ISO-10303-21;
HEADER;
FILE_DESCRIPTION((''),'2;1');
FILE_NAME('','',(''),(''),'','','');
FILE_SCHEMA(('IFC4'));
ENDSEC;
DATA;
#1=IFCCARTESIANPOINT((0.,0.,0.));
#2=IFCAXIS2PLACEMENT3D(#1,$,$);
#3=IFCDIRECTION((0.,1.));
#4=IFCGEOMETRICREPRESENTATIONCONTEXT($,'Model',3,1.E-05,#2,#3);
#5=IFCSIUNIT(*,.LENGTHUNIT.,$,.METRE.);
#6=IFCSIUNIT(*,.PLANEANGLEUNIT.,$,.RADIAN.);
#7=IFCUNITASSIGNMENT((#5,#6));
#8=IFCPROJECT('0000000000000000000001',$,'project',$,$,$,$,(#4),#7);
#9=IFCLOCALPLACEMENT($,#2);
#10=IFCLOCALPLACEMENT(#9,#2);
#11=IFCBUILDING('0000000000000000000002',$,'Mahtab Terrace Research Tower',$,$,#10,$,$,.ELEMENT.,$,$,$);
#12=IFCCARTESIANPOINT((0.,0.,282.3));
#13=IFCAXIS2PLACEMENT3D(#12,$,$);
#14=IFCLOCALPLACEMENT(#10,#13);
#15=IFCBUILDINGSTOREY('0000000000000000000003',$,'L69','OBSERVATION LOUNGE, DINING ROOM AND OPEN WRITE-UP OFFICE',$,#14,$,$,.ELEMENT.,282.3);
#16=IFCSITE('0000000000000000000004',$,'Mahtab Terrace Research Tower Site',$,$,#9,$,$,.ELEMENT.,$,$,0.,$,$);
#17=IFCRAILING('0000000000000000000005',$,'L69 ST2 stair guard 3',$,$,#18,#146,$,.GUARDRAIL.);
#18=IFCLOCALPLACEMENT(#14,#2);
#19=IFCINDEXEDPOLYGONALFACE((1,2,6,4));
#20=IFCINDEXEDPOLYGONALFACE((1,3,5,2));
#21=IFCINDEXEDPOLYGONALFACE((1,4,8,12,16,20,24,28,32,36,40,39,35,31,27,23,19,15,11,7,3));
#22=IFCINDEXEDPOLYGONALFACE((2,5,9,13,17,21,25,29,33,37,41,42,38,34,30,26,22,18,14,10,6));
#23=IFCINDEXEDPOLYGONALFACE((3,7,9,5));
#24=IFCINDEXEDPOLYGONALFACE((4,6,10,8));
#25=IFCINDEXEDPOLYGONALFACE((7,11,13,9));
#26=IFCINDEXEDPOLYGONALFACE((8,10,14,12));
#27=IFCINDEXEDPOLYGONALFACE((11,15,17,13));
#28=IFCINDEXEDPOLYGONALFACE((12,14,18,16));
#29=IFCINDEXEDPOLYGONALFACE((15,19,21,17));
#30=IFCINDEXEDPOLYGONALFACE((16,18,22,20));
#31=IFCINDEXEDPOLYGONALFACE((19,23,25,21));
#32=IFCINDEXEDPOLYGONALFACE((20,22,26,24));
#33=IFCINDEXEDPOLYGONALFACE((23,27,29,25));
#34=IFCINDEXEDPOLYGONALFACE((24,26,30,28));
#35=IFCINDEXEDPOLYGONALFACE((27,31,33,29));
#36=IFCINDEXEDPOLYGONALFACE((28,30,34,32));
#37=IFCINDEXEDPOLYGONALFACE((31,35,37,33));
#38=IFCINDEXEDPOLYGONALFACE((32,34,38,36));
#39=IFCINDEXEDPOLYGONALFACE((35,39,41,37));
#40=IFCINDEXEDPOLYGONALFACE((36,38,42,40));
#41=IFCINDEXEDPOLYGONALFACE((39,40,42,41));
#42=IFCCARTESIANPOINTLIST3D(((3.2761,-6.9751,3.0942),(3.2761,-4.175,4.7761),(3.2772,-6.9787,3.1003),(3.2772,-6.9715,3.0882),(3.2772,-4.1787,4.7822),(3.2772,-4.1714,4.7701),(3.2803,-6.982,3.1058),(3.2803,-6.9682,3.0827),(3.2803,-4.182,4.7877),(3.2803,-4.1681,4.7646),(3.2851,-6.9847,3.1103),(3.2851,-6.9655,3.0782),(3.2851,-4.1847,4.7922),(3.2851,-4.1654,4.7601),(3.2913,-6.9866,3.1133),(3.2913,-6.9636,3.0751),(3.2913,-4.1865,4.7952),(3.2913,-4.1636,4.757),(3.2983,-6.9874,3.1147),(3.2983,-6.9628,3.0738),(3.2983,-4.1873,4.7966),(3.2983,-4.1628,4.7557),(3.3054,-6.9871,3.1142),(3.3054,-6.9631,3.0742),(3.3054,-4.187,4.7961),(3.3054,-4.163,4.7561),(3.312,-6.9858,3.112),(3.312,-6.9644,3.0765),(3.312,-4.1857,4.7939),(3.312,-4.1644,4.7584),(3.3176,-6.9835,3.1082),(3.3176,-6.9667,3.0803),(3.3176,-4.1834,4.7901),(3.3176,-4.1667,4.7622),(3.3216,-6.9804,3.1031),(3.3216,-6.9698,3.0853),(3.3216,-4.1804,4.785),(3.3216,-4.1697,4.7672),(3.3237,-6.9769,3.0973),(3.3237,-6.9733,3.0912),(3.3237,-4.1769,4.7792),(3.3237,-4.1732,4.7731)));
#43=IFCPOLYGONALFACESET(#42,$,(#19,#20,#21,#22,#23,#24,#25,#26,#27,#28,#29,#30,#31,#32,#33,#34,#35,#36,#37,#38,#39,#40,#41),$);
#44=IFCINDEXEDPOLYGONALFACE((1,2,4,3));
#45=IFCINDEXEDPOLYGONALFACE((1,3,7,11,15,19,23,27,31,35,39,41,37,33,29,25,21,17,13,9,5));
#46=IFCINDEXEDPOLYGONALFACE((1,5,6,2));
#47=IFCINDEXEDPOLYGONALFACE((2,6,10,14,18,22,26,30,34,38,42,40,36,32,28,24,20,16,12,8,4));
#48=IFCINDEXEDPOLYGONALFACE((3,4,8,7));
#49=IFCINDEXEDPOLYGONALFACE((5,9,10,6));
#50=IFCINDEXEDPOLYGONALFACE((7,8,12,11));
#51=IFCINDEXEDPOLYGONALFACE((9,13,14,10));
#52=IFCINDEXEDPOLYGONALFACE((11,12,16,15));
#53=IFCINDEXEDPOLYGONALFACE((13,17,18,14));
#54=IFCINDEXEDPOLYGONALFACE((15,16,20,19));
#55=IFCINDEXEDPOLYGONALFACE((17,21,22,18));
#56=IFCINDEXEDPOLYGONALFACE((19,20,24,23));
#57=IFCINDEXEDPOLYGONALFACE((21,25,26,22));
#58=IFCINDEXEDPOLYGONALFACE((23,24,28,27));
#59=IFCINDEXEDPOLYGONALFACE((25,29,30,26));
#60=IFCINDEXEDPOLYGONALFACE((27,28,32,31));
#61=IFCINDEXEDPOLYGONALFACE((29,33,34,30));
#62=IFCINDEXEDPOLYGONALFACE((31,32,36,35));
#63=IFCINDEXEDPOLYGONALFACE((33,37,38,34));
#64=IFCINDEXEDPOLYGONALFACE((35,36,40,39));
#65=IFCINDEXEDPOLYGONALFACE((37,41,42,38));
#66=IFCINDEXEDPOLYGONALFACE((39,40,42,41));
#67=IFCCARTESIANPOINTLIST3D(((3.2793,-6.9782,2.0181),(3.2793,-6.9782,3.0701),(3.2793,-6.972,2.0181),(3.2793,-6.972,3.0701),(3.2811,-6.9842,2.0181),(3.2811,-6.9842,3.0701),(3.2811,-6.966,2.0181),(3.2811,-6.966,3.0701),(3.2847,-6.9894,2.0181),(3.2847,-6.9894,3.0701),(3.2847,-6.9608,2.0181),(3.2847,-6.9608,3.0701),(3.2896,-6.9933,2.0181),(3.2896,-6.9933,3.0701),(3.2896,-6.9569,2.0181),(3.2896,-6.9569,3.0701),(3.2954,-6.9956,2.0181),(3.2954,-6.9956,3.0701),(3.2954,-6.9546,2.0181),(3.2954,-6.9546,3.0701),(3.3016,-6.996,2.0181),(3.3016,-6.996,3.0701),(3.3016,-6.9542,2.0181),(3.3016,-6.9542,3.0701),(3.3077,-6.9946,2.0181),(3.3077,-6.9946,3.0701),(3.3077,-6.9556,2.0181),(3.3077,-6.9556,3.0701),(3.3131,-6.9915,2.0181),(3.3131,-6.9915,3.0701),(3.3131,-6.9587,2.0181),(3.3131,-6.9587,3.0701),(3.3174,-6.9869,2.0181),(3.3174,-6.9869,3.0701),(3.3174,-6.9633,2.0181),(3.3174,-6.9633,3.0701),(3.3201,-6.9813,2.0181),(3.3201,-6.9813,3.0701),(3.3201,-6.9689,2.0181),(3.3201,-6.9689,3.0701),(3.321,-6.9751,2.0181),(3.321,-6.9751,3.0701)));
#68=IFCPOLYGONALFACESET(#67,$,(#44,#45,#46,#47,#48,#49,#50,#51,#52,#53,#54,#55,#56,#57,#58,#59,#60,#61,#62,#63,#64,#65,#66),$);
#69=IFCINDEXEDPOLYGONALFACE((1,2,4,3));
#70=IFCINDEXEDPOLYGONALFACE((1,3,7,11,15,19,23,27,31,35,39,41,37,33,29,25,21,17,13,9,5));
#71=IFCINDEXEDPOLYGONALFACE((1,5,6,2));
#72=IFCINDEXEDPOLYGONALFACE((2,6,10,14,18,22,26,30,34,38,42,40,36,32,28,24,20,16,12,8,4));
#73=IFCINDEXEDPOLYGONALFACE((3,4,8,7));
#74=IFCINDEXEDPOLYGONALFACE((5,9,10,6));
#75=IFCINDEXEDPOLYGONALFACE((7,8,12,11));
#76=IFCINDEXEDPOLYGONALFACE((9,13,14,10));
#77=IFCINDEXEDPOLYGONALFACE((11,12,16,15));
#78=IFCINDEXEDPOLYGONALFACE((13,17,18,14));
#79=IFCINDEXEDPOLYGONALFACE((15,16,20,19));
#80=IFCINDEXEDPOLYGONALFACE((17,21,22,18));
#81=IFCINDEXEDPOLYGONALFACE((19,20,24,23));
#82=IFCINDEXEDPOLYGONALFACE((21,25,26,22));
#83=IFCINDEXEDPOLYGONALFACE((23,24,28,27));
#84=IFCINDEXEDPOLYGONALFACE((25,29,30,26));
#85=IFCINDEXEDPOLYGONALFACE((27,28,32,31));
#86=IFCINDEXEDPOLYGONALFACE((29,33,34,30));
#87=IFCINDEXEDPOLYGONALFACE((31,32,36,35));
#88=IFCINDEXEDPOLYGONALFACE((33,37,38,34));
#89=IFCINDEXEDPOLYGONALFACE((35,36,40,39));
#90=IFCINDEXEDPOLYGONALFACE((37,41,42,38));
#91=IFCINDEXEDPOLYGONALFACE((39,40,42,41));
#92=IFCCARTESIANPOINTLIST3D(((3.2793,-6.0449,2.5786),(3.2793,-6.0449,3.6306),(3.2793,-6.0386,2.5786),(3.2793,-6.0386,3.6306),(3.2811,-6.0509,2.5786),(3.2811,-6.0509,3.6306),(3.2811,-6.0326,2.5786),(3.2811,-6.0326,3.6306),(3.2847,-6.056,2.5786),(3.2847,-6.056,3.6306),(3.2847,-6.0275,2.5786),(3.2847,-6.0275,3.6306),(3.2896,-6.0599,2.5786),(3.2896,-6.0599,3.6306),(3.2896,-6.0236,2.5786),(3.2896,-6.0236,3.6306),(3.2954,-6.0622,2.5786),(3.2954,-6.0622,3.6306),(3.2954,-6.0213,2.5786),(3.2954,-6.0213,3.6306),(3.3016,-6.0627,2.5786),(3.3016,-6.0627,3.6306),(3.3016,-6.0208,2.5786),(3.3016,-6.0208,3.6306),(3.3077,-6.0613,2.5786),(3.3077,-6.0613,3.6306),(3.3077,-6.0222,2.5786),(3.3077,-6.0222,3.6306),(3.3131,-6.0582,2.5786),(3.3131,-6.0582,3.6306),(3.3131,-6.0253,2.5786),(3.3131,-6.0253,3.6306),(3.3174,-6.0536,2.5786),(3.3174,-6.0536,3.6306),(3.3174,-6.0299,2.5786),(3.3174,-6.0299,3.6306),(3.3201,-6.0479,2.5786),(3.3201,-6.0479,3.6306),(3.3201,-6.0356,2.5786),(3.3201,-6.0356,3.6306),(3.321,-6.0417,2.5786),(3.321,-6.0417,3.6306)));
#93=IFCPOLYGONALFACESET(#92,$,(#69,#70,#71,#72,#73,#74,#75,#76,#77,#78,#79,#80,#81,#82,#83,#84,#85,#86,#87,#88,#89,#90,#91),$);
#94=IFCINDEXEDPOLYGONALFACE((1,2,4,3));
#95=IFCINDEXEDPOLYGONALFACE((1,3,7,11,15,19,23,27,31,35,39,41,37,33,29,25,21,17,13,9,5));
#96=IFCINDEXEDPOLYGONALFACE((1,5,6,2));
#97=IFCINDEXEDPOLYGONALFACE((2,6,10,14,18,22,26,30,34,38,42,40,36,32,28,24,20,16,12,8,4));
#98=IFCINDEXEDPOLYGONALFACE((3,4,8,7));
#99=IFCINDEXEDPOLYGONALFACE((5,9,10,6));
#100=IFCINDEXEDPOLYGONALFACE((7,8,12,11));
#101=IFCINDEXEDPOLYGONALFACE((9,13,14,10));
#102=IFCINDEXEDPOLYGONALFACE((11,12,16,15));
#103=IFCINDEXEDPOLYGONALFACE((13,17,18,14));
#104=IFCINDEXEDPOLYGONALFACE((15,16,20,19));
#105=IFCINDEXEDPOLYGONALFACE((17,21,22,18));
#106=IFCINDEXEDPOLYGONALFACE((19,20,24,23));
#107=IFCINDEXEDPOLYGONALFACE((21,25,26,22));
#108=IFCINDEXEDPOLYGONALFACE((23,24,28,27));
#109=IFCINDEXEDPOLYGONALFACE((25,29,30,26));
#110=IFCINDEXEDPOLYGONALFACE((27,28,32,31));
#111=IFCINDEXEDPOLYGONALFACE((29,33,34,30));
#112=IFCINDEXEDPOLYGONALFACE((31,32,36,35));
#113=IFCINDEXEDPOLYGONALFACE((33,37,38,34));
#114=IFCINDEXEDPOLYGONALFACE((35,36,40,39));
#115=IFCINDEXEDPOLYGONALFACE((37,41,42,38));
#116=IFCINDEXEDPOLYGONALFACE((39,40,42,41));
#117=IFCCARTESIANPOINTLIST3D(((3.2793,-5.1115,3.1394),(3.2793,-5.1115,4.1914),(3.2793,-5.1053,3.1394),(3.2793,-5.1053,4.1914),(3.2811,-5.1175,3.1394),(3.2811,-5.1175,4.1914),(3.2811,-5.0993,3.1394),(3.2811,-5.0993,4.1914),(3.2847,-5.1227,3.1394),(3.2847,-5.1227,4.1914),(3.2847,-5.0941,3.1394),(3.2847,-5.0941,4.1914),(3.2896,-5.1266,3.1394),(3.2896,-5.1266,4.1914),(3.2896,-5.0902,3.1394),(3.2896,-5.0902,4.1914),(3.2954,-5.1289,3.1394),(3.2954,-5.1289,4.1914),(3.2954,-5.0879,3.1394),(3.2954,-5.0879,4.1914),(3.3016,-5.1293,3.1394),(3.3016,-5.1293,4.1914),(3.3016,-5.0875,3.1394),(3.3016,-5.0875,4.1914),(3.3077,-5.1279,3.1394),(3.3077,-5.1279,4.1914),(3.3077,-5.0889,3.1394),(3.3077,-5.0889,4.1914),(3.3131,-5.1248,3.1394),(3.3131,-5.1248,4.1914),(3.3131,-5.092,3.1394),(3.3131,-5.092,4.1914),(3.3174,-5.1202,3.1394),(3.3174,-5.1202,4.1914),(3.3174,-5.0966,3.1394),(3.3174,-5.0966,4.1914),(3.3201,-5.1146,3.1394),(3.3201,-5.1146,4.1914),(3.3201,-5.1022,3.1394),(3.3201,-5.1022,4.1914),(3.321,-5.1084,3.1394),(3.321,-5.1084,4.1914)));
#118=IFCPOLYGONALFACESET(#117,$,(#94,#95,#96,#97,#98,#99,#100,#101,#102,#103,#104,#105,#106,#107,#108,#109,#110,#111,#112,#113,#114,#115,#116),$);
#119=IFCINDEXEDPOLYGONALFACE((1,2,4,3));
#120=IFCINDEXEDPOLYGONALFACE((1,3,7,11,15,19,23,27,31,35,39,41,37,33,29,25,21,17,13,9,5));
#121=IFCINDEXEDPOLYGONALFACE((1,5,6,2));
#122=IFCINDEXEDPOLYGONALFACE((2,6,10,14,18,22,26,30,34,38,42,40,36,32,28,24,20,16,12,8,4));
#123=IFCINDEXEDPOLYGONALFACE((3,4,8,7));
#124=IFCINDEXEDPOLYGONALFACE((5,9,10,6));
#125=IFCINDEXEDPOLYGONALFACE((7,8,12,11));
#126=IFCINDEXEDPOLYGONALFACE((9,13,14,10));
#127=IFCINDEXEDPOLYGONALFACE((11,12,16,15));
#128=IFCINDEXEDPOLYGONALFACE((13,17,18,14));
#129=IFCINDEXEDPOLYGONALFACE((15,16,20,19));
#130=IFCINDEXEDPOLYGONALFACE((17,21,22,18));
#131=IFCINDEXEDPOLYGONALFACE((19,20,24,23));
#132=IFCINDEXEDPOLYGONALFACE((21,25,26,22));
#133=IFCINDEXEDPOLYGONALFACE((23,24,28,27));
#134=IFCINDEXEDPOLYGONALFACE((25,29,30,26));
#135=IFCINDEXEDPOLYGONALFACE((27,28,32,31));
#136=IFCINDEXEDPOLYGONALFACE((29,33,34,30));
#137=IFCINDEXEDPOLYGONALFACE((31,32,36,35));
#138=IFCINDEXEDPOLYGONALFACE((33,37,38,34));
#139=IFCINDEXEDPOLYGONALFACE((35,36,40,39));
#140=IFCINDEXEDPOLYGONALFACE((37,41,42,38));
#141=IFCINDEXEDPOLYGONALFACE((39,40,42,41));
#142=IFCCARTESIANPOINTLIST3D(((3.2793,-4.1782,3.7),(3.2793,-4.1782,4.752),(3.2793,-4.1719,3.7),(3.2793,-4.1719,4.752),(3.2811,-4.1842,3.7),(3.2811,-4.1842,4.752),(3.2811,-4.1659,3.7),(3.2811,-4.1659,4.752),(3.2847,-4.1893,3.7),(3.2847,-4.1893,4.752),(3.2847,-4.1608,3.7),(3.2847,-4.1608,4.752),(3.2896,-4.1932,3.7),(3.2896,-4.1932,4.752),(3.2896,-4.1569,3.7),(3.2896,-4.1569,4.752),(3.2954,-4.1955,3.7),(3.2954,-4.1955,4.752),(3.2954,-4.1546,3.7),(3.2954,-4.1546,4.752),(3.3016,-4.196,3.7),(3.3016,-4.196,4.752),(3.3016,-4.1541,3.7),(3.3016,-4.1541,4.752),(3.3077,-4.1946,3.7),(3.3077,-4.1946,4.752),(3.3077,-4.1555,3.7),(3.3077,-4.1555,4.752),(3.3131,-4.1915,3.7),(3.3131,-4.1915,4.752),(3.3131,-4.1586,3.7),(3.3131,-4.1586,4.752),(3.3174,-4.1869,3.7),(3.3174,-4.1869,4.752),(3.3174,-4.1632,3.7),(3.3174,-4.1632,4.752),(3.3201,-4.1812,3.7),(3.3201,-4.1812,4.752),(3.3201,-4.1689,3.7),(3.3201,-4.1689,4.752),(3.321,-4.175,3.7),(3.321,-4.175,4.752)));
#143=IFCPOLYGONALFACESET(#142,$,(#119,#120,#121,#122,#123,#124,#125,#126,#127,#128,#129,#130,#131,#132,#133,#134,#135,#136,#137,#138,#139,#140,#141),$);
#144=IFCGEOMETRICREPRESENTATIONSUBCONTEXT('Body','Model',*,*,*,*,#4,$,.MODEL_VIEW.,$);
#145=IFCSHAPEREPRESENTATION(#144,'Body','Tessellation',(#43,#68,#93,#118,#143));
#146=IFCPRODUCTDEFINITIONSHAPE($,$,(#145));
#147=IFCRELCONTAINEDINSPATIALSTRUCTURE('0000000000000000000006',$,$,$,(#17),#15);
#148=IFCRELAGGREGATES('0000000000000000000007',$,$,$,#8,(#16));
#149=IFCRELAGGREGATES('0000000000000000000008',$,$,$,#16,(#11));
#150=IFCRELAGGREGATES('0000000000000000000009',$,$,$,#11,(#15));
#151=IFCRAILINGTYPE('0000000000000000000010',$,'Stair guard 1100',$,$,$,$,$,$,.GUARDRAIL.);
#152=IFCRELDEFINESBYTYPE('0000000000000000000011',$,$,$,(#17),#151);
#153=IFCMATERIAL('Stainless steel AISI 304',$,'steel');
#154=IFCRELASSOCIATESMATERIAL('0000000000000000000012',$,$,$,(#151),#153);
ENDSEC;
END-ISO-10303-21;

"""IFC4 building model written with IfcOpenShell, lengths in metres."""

from ifc_helpers import new_model, si_unit, direction, frame, origin, origin_2d, place, context, subcontext, project, spatial, circle, extrude, material, type_object, element, save


model = new_model("IFC4")

# Units and contexts
model_context = context("Model", 3, precision=1e-05, world=origin(), true_north=direction((0.0, 1.0)))
body_context = subcontext(model_context, "Body", "Model", "MODEL_VIEW")
ifc_project = project(units=[si_unit("LENGTHUNIT", "METRE"), si_unit("PLANEANGLEUNIT", "RADIAN")], contexts=[model_context])

# Site, building, storey
site_placement = place(None, origin())
site = spatial("IfcSite", under=ifc_project, at=site_placement, Name="Mahtab Terrace Research Tower Site", CompositionType="ELEMENT", RefElevation=0.0)
building_placement = place(site_placement, origin())
building = spatial("IfcBuilding", under=site, at=building_placement, Name="Mahtab Terrace Research Tower", CompositionType="ELEMENT")
storey_placement = place(building_placement, frame((0.0, 0.0, 282.3)))
storey = spatial("IfcBuildingStorey", under=building, at=storey_placement, Name="L69", Description="OBSERVATION LOUNGE, DINING ROOM AND OPEN WRITE-UP OFFICE", CompositionType="ELEMENT", Elevation=282.3)

# Railing
ifc_material_1 = material(Name="Stainless steel AISI 304", Category="steel")
railing_type_1 = type_object("IfcRailingType", Name="Stair guard 1100", PredefinedType="GUARDRAIL", material=ifc_material_1)
railing_1_placement = place(storey_placement, frame((3.3, -6.9751, 2.0181)))
element("IfcRailing", 1, at=railing_1_placement, inside=storey, type_object=railing_type_1, Name="L69 ST2 stair guard 3", PredefinedType="GUARDRAIL", context=body_context, shape_type="SweptSolid", body=[
    extrude(circle(Radius=0.0239, at=origin_2d()), frame((0.0, 0.0, 1.0762), z_axis=(0.0, 0.857242, 0.514913), x_axis=(-1.0, 0.0, 0.0)), (0.0, 0.0, 1.0), 3.2664),
    extrude(circle(Radius=0.021, at=origin_2d()), origin(), (0.0, 0.0, 1.0), 1.052),
    extrude(circle(Radius=0.021, at=origin_2d()), frame((0.0, 0.9333, 0.5605)), (0.0, 0.0, 1.0), 1.052),
    extrude(circle(Radius=0.021, at=origin_2d()), frame((0.0, 1.8667, 1.1213)), (0.0, 0.0, 1.0), 1.052),
    extrude(circle(Radius=0.021, at=origin_2d()), frame((0.0, 2.8, 1.6819)), (0.0, 0.0, 1.0), 1.052),
])

save(model, "model.ifc")
